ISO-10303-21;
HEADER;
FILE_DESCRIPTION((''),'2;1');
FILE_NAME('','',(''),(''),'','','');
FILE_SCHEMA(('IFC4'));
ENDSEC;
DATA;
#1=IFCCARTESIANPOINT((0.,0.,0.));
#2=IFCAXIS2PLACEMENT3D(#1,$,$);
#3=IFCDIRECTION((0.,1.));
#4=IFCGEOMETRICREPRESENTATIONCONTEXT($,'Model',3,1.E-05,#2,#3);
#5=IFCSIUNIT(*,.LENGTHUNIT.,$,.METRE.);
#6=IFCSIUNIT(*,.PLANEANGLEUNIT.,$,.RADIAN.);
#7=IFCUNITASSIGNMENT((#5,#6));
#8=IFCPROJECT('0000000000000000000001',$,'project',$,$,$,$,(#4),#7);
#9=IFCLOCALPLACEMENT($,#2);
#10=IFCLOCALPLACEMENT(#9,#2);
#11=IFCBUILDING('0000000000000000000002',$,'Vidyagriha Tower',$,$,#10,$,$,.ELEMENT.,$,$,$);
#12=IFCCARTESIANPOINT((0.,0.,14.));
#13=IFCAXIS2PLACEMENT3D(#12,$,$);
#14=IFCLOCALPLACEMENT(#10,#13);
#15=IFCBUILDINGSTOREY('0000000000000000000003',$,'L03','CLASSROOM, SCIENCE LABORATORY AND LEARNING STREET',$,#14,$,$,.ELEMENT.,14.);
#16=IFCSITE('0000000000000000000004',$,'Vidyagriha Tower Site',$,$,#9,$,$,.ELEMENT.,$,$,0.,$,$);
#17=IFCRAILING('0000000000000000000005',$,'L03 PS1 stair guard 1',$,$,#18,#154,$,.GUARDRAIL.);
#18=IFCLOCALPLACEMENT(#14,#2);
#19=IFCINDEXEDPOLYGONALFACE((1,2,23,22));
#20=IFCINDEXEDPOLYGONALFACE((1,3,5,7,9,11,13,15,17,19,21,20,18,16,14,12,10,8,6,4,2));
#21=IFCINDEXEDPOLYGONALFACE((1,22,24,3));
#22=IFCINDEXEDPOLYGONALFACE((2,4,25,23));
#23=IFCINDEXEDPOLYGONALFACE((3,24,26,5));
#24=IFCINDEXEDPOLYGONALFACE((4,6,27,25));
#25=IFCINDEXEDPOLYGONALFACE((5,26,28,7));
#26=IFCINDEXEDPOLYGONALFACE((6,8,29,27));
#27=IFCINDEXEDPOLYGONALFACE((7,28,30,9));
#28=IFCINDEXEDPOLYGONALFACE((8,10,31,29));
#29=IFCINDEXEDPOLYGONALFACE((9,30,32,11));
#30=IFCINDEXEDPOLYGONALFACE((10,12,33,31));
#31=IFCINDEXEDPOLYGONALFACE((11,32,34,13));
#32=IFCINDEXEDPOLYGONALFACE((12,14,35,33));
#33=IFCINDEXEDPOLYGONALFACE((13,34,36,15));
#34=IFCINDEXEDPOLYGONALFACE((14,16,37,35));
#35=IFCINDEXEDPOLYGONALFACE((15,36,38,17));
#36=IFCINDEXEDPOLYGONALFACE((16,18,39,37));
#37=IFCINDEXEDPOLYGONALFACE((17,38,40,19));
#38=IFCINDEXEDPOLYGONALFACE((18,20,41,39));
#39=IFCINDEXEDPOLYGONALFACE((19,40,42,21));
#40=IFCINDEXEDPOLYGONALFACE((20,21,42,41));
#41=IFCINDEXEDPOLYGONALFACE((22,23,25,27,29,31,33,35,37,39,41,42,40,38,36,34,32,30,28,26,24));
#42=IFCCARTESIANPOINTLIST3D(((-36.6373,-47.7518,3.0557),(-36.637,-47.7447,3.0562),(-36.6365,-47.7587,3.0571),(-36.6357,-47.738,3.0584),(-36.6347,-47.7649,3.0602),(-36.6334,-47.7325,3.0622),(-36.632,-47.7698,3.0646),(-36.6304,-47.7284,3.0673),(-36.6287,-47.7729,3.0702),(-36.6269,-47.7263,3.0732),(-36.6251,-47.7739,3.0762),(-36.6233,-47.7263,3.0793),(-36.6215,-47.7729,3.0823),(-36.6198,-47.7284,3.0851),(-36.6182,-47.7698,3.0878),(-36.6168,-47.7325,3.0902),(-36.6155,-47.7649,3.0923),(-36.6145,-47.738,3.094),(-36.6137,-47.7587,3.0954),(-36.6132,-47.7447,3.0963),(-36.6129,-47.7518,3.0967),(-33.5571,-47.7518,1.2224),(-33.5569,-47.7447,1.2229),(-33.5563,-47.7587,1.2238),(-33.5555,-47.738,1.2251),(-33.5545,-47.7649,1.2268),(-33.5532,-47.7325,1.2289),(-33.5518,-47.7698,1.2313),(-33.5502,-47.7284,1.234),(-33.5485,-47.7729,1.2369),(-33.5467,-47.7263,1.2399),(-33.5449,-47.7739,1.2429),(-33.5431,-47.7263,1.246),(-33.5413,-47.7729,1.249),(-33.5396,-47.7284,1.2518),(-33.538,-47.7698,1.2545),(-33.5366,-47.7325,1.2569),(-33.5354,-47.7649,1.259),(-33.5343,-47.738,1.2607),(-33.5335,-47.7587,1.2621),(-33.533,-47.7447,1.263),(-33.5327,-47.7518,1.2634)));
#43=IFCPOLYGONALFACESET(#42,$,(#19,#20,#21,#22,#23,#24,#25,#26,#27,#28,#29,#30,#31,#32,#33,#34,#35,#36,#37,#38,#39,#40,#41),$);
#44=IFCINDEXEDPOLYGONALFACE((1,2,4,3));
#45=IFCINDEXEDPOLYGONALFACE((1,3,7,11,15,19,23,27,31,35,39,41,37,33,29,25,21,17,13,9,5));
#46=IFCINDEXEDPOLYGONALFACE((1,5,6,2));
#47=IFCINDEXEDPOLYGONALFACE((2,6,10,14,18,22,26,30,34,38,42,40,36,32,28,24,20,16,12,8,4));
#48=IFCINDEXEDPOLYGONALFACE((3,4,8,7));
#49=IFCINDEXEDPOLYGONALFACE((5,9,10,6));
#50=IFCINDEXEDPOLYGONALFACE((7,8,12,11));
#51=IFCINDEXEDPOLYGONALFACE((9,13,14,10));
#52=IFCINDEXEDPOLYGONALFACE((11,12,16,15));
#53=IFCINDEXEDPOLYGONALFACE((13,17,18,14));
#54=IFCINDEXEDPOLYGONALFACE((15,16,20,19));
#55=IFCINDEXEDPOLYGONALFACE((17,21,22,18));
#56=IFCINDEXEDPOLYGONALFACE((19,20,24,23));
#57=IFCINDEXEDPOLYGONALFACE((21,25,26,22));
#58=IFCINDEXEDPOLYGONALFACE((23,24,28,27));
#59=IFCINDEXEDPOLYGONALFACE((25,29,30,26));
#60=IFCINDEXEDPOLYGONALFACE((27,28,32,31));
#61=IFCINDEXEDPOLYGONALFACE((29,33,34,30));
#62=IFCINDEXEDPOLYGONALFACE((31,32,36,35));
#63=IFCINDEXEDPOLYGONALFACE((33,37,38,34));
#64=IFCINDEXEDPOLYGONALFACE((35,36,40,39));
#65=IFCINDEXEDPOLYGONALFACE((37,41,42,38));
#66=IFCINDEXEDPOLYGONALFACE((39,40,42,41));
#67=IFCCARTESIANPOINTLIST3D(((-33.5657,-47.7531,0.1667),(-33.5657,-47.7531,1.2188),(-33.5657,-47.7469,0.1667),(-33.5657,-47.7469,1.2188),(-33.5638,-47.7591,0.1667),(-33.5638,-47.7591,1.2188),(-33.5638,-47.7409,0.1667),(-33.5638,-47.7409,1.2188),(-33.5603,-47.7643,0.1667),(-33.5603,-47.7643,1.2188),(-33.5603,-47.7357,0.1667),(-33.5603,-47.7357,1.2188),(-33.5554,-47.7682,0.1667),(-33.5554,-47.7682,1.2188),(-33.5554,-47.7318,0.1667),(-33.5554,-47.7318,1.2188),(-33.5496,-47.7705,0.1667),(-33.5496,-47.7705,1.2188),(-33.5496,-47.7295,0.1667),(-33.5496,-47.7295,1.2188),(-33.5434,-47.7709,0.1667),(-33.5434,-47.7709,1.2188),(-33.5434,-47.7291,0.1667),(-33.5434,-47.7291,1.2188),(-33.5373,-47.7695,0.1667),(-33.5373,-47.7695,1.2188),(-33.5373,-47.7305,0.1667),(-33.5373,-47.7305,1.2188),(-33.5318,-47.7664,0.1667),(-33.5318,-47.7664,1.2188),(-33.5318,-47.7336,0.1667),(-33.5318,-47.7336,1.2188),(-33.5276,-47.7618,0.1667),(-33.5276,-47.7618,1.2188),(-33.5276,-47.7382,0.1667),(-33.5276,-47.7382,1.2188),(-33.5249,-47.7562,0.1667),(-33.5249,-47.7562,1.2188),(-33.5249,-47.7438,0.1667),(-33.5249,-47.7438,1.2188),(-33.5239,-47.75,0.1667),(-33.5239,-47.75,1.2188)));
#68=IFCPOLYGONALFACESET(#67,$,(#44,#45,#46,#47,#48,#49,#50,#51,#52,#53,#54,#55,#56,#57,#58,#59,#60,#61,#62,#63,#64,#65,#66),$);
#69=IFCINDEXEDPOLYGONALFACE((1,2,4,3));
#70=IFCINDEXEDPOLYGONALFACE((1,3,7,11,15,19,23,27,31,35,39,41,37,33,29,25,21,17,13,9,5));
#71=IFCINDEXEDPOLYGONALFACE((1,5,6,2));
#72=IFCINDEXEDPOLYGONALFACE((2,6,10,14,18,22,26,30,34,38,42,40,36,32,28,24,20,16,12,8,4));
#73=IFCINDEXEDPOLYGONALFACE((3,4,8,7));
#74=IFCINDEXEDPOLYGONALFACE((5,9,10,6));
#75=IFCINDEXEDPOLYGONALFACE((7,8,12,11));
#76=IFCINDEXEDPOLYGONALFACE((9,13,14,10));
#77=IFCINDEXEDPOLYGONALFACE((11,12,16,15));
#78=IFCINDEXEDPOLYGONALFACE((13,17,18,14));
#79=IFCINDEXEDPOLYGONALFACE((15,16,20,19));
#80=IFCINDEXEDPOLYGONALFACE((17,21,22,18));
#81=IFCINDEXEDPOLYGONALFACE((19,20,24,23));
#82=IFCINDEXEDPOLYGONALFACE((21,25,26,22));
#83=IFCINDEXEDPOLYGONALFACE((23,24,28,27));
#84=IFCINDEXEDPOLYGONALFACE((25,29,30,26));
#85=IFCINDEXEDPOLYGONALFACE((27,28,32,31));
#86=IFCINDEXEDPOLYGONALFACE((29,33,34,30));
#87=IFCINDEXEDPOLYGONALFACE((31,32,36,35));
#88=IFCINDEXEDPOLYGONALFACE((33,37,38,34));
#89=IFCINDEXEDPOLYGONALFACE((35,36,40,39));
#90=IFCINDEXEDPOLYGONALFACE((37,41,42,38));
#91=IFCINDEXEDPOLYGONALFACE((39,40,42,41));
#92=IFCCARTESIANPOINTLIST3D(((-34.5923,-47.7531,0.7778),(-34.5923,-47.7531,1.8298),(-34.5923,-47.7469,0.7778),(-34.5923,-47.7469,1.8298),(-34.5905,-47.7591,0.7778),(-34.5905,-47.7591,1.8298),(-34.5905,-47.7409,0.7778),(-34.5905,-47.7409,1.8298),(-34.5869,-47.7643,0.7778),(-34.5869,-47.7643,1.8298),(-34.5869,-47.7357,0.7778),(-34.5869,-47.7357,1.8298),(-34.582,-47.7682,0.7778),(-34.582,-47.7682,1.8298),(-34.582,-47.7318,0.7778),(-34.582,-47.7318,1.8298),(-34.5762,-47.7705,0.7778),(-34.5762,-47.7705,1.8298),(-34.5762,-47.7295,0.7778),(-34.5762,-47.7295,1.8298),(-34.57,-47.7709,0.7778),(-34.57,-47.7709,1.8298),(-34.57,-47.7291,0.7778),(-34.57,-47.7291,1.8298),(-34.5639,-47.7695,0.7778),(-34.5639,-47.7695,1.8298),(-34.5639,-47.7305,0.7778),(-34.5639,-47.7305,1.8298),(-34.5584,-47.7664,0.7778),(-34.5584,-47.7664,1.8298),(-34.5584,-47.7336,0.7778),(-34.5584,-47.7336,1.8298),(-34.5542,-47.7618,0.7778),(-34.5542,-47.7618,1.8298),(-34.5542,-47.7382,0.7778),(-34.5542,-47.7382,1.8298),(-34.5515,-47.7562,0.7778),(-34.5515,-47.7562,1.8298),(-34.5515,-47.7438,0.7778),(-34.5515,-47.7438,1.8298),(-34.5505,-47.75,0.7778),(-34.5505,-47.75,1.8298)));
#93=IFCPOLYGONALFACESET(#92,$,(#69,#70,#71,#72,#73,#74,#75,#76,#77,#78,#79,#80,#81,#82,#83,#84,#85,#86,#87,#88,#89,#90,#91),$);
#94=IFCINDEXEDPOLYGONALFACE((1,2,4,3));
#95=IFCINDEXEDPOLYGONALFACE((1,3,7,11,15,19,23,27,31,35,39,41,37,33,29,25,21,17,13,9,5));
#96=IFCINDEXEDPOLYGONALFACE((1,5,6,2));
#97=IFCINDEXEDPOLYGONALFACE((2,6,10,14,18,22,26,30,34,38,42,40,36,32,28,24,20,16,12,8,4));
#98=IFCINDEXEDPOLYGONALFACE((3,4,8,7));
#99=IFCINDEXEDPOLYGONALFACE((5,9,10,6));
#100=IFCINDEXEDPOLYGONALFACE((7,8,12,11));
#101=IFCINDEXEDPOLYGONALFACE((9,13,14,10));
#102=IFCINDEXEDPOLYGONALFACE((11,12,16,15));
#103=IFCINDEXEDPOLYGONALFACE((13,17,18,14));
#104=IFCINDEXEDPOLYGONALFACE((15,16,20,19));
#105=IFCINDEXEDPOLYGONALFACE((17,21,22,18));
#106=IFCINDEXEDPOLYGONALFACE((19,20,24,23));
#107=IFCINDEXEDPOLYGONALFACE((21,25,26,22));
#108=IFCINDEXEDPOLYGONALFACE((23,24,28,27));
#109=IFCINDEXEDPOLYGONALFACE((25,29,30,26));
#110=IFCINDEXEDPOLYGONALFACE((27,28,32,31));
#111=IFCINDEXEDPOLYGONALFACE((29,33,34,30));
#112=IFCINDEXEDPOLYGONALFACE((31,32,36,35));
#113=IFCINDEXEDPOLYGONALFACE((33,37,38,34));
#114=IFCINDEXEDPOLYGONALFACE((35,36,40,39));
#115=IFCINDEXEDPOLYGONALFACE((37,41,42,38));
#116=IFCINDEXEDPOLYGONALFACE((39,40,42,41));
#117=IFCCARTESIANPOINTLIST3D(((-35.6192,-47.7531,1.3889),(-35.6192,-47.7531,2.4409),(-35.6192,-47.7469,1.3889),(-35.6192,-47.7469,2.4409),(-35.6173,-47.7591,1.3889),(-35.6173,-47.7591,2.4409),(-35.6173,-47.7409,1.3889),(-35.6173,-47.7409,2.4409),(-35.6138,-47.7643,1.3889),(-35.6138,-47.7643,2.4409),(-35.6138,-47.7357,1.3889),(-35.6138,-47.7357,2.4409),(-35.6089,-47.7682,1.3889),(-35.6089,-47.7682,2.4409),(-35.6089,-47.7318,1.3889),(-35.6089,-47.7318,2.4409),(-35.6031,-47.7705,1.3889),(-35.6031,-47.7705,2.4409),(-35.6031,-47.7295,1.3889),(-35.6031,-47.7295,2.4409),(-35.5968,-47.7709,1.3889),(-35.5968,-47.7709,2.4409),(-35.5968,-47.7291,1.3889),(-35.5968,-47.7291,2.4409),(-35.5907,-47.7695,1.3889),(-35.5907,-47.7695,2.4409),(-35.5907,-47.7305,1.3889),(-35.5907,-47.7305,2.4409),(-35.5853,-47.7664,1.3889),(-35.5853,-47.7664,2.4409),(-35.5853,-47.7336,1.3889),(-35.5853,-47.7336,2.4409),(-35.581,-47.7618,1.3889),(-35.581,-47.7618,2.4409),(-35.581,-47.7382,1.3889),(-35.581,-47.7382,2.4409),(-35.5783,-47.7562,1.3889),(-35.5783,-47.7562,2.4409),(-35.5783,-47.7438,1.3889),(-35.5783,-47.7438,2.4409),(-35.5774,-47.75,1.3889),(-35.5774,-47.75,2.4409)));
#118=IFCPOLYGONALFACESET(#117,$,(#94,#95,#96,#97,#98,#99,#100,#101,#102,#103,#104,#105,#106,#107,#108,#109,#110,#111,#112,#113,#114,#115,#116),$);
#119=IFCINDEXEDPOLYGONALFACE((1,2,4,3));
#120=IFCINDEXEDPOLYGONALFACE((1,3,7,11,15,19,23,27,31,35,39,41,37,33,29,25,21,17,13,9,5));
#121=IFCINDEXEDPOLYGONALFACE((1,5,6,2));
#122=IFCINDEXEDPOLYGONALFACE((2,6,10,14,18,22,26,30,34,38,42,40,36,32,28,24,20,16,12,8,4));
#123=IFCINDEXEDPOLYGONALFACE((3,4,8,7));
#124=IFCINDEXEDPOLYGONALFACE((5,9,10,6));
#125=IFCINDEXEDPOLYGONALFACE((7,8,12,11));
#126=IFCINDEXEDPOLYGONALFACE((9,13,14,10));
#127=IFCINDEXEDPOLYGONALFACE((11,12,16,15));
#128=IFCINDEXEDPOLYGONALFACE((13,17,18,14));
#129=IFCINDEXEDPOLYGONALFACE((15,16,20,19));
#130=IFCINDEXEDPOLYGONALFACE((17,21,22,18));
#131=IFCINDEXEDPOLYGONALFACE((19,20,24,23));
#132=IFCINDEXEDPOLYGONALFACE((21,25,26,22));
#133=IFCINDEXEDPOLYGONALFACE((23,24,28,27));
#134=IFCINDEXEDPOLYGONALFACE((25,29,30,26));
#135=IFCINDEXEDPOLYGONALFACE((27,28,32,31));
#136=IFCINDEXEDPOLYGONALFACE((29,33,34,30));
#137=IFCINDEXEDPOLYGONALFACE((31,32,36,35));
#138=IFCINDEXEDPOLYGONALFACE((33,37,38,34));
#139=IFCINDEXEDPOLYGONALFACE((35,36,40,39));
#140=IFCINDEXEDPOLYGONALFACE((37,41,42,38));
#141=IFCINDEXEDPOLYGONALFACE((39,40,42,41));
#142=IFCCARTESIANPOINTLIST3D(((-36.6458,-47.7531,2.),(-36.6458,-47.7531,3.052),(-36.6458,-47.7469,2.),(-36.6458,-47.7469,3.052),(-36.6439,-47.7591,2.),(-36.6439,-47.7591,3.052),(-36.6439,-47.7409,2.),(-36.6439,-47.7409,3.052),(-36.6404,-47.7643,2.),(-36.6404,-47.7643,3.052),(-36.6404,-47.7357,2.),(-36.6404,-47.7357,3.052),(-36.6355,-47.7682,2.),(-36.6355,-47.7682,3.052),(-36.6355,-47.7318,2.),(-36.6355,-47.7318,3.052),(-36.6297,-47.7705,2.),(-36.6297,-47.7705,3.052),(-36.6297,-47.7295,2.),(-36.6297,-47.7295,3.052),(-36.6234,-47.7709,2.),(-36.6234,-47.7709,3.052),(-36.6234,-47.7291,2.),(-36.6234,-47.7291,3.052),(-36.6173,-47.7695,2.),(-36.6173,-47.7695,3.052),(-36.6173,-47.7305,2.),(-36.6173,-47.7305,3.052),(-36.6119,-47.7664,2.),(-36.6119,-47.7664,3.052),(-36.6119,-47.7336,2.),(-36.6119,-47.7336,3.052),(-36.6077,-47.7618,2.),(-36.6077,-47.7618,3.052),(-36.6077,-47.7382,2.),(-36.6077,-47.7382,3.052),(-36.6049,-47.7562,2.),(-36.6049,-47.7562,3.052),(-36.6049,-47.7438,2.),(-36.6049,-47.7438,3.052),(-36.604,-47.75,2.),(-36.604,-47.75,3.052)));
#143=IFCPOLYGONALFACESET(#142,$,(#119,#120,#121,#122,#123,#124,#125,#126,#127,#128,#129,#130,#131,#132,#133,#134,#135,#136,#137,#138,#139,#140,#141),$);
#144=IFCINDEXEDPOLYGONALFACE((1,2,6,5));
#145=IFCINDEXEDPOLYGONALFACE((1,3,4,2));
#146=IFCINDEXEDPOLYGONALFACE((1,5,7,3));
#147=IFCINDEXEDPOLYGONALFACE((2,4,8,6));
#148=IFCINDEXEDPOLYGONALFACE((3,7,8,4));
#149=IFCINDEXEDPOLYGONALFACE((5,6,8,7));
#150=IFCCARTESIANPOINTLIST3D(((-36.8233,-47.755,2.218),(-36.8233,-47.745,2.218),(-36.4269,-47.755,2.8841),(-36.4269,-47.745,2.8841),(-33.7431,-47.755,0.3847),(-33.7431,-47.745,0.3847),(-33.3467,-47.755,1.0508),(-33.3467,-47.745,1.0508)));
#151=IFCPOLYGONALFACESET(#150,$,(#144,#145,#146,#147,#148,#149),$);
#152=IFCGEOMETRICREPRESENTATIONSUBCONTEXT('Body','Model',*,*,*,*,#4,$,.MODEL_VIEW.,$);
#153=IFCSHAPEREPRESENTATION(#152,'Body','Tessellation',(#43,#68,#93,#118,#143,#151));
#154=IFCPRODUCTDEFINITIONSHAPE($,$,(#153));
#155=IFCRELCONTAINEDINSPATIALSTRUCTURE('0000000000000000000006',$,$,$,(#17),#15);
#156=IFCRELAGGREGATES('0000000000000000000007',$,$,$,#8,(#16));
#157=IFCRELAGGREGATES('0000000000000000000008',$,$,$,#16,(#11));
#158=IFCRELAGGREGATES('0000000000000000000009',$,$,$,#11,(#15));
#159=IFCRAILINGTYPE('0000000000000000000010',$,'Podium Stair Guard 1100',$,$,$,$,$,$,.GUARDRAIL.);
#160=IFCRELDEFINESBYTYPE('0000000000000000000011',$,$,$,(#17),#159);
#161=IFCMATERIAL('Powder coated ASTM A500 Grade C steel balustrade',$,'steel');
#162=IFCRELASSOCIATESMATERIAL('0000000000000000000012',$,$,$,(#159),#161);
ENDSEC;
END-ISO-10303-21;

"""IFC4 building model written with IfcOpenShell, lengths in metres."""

from ifc_helpers import new_model, si_unit, direction, frame, origin, origin_2d, place, context, subcontext, project, spatial, rectangle, circle, extrude, material, type_object, element, save


model = new_model("IFC4")

# Units and contexts
model_context = context("Model", 3, precision=1e-05, world=origin(), true_north=direction((0.0, 1.0)))
body_context = subcontext(model_context, "Body", "Model", "MODEL_VIEW")
ifc_project = project(units=[si_unit("LENGTHUNIT", "METRE"), si_unit("PLANEANGLEUNIT", "RADIAN")], contexts=[model_context])

# Site, building, storey
site_placement = place(None, origin())
site = spatial("IfcSite", under=ifc_project, at=site_placement, Name="Vidyagriha Tower Site", CompositionType="ELEMENT", RefElevation=0.0)
building_placement = place(site_placement, origin())
building = spatial("IfcBuilding", under=site, at=building_placement, Name="Vidyagriha Tower", CompositionType="ELEMENT")
storey_placement = place(building_placement, frame((0.0, 0.0, 14.0)))
storey = spatial("IfcBuildingStorey", under=building, at=storey_placement, Name="L03", Description="CLASSROOM, SCIENCE LABORATORY AND LEARNING STREET", CompositionType="ELEMENT", Elevation=14.0)

# Railing
ifc_material_1 = material(Name="Powder coated ASTM A500 Grade C steel balustrade", Category="steel")
railing_type_1 = type_object("IfcRailingType", Name="Podium Stair Guard 1100", PredefinedType="GUARDRAIL", material=ifc_material_1)
railing_1_placement = place(storey_placement, frame((-33.5449, -47.75, 0.1667)))
element("IfcRailing", 1, at=railing_1_placement, inside=storey, type_object=railing_type_1, Name="L03 PS1 stair guard 1", PredefinedType="GUARDRAIL", context=body_context, shape_type="SweptSolid", body=[
    extrude(circle(Radius=0.0239, at=origin_2d()), frame((0.0, 0.0, 1.0762), z_axis=(-0.859309, 0.0, 0.511458), x_axis=(0.0, -1.0, 0.0)), (0.0, 0.0, 1.0), 3.5845),
    extrude(circle(Radius=0.021, at=origin_2d()), origin(), (0.0, 0.0, 1.0), 1.052),
    extrude(circle(Radius=0.021, at=origin_2d()), frame((-1.0266, 0.0, 0.6111)), (0.0, 0.0, 1.0), 1.052),
    extrude(circle(Radius=0.021, at=origin_2d()), frame((-2.0535, 0.0, 1.2222)), (0.0, 0.0, 1.0), 1.052),
    extrude(circle(Radius=0.021, at=origin_2d()), frame((-3.0801, 0.0, 1.8333)), (0.0, 0.0, 1.0), 1.052),
    extrude(rectangle(XDim=0.01, YDim=0.7751, at=origin_2d()), frame((0.0, 0.0, 0.551), z_axis=(-0.859309, 0.0, 0.511458), x_axis=(0.0, -1.0, 0.0)), (0.0, 0.0, 1.0), 3.5845),
])

save(model, "model.ifc")
